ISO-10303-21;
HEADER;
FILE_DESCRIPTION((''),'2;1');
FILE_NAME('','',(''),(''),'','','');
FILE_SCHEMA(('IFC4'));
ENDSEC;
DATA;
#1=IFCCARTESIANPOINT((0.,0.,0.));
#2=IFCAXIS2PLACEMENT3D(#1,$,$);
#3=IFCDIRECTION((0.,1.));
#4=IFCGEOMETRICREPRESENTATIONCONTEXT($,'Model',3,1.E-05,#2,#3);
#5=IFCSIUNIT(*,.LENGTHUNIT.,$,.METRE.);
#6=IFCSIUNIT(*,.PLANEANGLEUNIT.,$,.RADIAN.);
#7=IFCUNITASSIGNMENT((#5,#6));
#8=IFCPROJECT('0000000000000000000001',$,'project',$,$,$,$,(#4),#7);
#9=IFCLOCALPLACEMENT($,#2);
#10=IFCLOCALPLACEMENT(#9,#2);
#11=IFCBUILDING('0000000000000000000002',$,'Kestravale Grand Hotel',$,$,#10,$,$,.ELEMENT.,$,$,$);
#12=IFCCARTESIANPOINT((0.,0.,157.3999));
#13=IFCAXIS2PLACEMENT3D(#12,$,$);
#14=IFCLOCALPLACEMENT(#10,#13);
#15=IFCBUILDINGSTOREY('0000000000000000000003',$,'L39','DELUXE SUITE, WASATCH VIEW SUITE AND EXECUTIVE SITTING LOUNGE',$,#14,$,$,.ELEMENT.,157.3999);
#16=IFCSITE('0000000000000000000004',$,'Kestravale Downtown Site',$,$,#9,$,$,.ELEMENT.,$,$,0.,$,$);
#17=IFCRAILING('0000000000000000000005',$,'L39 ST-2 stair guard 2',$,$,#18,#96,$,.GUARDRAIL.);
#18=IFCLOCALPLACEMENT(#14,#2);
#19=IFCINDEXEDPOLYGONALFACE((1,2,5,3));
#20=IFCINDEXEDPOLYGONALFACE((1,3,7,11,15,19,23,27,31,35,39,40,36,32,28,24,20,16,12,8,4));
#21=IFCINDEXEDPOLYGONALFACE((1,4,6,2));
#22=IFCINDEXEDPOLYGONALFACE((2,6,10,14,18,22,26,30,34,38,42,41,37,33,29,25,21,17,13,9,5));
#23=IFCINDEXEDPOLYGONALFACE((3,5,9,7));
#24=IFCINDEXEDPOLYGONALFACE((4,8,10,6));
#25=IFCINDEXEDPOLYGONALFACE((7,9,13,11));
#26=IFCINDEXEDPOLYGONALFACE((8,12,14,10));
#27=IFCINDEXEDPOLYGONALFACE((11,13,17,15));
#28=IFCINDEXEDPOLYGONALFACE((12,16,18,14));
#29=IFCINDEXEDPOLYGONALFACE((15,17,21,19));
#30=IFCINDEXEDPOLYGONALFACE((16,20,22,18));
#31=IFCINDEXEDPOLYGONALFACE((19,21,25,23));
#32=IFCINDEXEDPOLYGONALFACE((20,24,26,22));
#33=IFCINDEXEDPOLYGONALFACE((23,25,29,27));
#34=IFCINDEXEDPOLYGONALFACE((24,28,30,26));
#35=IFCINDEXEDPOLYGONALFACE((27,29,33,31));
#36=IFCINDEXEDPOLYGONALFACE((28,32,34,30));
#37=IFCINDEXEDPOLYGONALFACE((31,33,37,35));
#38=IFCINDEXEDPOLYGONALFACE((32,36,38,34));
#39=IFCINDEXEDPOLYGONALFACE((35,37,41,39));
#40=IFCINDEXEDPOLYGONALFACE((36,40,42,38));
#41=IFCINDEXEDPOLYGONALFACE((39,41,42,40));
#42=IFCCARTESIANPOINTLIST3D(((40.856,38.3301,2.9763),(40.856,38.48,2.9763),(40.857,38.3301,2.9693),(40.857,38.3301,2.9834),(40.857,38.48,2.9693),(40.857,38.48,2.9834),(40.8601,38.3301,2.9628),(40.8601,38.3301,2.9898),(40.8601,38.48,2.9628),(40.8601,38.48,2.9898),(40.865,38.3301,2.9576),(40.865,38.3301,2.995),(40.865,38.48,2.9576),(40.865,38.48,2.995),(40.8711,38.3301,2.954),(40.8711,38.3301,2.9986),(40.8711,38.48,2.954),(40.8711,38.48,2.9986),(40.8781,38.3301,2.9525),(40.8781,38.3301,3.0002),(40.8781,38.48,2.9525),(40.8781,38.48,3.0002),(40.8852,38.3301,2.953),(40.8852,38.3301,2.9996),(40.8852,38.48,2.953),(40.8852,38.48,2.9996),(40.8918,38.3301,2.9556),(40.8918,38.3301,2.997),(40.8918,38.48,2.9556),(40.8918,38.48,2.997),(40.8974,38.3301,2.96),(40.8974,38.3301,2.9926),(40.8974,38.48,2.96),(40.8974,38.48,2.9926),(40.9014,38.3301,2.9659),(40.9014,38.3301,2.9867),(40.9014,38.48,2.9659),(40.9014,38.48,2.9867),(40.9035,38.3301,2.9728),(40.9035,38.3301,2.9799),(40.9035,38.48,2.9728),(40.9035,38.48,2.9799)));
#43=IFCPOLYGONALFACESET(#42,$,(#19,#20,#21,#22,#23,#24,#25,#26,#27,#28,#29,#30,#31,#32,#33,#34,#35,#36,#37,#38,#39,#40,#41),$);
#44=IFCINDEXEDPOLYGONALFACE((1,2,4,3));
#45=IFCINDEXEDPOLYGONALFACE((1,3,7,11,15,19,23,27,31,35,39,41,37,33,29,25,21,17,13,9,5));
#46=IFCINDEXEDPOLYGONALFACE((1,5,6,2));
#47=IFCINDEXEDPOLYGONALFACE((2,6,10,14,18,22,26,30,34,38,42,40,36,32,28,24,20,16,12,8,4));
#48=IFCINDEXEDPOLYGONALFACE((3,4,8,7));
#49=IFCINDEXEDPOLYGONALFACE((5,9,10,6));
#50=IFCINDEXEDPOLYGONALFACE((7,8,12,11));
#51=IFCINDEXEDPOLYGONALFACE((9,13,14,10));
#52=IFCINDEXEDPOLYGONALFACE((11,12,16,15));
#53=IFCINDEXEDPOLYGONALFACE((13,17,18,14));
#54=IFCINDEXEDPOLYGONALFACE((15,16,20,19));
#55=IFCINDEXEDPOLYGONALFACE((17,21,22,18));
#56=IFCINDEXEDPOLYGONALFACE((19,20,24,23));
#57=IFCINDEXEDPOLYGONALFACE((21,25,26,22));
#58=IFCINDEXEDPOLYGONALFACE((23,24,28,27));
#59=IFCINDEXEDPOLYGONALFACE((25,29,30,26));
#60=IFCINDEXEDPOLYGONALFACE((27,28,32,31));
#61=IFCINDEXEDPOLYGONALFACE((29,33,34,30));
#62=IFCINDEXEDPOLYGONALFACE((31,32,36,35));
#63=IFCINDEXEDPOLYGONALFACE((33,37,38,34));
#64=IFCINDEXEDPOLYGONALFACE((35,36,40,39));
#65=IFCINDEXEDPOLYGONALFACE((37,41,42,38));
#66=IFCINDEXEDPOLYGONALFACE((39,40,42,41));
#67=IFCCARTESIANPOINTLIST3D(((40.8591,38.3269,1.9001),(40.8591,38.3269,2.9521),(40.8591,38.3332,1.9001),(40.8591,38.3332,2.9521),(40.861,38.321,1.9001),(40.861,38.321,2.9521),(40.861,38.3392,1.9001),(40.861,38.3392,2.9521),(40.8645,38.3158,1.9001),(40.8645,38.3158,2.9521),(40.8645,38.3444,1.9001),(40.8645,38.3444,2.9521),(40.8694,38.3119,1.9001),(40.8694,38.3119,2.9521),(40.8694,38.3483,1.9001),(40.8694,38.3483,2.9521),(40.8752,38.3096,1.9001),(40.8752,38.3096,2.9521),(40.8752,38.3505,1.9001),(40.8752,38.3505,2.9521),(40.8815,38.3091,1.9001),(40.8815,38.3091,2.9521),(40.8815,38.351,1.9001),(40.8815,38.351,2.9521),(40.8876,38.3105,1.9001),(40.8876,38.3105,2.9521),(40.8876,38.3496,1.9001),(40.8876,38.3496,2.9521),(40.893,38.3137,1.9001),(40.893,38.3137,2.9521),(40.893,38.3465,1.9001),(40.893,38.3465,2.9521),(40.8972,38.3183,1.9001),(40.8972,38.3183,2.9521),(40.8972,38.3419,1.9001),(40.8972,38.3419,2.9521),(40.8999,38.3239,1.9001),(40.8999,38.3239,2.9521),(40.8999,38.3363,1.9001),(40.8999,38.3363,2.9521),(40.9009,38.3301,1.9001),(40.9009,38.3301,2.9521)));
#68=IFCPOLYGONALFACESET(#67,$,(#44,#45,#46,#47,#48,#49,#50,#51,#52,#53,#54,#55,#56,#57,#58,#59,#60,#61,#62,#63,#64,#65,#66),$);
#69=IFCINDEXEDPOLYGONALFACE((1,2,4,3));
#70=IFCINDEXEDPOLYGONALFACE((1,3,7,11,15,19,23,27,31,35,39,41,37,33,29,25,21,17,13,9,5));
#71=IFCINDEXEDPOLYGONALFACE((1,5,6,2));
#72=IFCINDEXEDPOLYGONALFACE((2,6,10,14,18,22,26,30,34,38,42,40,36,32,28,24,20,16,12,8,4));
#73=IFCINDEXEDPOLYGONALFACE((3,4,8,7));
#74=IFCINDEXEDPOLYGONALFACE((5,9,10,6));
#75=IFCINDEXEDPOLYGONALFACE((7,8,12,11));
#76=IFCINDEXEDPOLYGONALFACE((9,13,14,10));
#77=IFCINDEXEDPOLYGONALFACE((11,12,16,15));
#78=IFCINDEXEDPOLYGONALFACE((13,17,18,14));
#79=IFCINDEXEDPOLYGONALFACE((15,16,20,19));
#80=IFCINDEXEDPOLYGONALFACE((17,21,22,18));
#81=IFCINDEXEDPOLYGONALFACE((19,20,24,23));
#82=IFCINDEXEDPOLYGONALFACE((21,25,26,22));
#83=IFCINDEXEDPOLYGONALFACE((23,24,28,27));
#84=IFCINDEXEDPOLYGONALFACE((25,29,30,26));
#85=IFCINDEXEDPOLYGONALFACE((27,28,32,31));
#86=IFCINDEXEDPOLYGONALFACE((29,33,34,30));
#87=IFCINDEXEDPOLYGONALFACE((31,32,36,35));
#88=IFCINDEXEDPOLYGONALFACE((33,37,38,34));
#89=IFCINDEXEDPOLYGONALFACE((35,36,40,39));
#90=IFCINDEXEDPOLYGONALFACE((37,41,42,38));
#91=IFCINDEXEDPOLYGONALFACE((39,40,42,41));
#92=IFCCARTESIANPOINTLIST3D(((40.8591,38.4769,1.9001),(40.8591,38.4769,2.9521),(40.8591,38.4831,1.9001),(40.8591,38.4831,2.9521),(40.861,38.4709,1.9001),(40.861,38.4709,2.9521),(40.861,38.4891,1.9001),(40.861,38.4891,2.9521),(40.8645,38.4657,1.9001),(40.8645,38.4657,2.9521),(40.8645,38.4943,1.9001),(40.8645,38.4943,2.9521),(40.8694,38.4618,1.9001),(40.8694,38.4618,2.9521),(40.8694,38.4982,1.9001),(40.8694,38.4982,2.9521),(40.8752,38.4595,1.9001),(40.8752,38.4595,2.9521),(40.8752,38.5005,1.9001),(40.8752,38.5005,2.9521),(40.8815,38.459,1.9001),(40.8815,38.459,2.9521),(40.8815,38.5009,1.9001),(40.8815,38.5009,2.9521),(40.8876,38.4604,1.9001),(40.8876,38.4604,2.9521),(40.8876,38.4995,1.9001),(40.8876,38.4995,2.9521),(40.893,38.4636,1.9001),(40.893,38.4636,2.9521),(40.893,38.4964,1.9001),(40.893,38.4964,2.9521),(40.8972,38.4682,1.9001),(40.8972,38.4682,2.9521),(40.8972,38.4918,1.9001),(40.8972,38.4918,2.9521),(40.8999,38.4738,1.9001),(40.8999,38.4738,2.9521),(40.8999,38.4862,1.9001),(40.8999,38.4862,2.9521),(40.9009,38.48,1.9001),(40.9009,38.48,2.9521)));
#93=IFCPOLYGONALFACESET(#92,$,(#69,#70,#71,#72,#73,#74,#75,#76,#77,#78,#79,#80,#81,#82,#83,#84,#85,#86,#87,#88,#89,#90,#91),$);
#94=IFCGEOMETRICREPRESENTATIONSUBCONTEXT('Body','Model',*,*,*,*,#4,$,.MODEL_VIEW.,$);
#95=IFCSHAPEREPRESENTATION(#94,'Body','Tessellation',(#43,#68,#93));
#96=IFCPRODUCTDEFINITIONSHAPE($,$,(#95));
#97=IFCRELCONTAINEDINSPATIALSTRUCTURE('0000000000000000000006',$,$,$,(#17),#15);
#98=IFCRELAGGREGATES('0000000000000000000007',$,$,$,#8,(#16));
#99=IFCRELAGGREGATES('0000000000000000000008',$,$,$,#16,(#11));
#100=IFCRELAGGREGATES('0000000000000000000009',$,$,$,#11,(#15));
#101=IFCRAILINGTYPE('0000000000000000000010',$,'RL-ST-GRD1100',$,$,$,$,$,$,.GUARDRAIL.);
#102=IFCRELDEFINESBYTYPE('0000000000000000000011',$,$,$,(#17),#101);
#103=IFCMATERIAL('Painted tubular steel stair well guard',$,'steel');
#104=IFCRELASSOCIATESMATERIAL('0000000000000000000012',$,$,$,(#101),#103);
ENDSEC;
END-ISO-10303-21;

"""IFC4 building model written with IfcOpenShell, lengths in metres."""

from ifc_helpers import new_model, si_unit, direction, frame, origin, origin_2d, place, context, subcontext, project, spatial, circle, extrude, material, type_object, element, save


model = new_model("IFC4")

# Units and contexts
model_context = context("Model", 3, precision=1e-05, world=origin(), true_north=direction((0.0, 1.0)))
body_context = subcontext(model_context, "Body", "Model", "MODEL_VIEW")
ifc_project = project(units=[si_unit("LENGTHUNIT", "METRE"), si_unit("PLANEANGLEUNIT", "RADIAN")], contexts=[model_context])

# Site, building, storey
site_placement = place(None, origin())
site = spatial("IfcSite", under=ifc_project, at=site_placement, Name="Kestravale Downtown Site", CompositionType="ELEMENT", RefElevation=0.0)
building_placement = place(site_placement, origin())
building = spatial("IfcBuilding", under=site, at=building_placement, Name="Kestravale Grand Hotel", CompositionType="ELEMENT")
storey_placement = place(building_placement, frame((0.0, 0.0, 157.3999)))
storey = spatial("IfcBuildingStorey", under=building, at=storey_placement, Name="L39", Description="DELUXE SUITE, WASATCH VIEW SUITE AND EXECUTIVE SITTING LOUNGE", CompositionType="ELEMENT", Elevation=157.3999)

# Railing
ifc_material_1 = material(Name="Painted tubular steel stair well guard", Category="steel")
railing_type_1 = type_object("IfcRailingType", Name="RL-ST-GRD1100", PredefinedType="GUARDRAIL", material=ifc_material_1)
railing_1_placement = place(storey_placement, frame((40.8799, 38.3301, 1.9001)))
element("IfcRailing", 1, at=railing_1_placement, inside=storey, type_object=railing_type_1, Name="L39 ST-2 stair guard 2", PredefinedType="GUARDRAIL", context=body_context, shape_type="SweptSolid", body=[
    extrude(circle(Radius=0.0239, at=origin_2d()), frame((0.0, 0.0, 1.0762), z_axis=(0.0, 1.0, 0.0), x_axis=(-1.0, 0.0, 0.0)), (0.0, 0.0, 1.0), 0.1499),
    extrude(circle(Radius=0.021, at=origin_2d()), origin(), (0.0, 0.0, 1.0), 1.052),
    extrude(circle(Radius=0.021, at=origin_2d()), frame((0.0, 0.1499, 0.0)), (0.0, 0.0, 1.0), 1.052),
])

save(model, "model.ifc")
